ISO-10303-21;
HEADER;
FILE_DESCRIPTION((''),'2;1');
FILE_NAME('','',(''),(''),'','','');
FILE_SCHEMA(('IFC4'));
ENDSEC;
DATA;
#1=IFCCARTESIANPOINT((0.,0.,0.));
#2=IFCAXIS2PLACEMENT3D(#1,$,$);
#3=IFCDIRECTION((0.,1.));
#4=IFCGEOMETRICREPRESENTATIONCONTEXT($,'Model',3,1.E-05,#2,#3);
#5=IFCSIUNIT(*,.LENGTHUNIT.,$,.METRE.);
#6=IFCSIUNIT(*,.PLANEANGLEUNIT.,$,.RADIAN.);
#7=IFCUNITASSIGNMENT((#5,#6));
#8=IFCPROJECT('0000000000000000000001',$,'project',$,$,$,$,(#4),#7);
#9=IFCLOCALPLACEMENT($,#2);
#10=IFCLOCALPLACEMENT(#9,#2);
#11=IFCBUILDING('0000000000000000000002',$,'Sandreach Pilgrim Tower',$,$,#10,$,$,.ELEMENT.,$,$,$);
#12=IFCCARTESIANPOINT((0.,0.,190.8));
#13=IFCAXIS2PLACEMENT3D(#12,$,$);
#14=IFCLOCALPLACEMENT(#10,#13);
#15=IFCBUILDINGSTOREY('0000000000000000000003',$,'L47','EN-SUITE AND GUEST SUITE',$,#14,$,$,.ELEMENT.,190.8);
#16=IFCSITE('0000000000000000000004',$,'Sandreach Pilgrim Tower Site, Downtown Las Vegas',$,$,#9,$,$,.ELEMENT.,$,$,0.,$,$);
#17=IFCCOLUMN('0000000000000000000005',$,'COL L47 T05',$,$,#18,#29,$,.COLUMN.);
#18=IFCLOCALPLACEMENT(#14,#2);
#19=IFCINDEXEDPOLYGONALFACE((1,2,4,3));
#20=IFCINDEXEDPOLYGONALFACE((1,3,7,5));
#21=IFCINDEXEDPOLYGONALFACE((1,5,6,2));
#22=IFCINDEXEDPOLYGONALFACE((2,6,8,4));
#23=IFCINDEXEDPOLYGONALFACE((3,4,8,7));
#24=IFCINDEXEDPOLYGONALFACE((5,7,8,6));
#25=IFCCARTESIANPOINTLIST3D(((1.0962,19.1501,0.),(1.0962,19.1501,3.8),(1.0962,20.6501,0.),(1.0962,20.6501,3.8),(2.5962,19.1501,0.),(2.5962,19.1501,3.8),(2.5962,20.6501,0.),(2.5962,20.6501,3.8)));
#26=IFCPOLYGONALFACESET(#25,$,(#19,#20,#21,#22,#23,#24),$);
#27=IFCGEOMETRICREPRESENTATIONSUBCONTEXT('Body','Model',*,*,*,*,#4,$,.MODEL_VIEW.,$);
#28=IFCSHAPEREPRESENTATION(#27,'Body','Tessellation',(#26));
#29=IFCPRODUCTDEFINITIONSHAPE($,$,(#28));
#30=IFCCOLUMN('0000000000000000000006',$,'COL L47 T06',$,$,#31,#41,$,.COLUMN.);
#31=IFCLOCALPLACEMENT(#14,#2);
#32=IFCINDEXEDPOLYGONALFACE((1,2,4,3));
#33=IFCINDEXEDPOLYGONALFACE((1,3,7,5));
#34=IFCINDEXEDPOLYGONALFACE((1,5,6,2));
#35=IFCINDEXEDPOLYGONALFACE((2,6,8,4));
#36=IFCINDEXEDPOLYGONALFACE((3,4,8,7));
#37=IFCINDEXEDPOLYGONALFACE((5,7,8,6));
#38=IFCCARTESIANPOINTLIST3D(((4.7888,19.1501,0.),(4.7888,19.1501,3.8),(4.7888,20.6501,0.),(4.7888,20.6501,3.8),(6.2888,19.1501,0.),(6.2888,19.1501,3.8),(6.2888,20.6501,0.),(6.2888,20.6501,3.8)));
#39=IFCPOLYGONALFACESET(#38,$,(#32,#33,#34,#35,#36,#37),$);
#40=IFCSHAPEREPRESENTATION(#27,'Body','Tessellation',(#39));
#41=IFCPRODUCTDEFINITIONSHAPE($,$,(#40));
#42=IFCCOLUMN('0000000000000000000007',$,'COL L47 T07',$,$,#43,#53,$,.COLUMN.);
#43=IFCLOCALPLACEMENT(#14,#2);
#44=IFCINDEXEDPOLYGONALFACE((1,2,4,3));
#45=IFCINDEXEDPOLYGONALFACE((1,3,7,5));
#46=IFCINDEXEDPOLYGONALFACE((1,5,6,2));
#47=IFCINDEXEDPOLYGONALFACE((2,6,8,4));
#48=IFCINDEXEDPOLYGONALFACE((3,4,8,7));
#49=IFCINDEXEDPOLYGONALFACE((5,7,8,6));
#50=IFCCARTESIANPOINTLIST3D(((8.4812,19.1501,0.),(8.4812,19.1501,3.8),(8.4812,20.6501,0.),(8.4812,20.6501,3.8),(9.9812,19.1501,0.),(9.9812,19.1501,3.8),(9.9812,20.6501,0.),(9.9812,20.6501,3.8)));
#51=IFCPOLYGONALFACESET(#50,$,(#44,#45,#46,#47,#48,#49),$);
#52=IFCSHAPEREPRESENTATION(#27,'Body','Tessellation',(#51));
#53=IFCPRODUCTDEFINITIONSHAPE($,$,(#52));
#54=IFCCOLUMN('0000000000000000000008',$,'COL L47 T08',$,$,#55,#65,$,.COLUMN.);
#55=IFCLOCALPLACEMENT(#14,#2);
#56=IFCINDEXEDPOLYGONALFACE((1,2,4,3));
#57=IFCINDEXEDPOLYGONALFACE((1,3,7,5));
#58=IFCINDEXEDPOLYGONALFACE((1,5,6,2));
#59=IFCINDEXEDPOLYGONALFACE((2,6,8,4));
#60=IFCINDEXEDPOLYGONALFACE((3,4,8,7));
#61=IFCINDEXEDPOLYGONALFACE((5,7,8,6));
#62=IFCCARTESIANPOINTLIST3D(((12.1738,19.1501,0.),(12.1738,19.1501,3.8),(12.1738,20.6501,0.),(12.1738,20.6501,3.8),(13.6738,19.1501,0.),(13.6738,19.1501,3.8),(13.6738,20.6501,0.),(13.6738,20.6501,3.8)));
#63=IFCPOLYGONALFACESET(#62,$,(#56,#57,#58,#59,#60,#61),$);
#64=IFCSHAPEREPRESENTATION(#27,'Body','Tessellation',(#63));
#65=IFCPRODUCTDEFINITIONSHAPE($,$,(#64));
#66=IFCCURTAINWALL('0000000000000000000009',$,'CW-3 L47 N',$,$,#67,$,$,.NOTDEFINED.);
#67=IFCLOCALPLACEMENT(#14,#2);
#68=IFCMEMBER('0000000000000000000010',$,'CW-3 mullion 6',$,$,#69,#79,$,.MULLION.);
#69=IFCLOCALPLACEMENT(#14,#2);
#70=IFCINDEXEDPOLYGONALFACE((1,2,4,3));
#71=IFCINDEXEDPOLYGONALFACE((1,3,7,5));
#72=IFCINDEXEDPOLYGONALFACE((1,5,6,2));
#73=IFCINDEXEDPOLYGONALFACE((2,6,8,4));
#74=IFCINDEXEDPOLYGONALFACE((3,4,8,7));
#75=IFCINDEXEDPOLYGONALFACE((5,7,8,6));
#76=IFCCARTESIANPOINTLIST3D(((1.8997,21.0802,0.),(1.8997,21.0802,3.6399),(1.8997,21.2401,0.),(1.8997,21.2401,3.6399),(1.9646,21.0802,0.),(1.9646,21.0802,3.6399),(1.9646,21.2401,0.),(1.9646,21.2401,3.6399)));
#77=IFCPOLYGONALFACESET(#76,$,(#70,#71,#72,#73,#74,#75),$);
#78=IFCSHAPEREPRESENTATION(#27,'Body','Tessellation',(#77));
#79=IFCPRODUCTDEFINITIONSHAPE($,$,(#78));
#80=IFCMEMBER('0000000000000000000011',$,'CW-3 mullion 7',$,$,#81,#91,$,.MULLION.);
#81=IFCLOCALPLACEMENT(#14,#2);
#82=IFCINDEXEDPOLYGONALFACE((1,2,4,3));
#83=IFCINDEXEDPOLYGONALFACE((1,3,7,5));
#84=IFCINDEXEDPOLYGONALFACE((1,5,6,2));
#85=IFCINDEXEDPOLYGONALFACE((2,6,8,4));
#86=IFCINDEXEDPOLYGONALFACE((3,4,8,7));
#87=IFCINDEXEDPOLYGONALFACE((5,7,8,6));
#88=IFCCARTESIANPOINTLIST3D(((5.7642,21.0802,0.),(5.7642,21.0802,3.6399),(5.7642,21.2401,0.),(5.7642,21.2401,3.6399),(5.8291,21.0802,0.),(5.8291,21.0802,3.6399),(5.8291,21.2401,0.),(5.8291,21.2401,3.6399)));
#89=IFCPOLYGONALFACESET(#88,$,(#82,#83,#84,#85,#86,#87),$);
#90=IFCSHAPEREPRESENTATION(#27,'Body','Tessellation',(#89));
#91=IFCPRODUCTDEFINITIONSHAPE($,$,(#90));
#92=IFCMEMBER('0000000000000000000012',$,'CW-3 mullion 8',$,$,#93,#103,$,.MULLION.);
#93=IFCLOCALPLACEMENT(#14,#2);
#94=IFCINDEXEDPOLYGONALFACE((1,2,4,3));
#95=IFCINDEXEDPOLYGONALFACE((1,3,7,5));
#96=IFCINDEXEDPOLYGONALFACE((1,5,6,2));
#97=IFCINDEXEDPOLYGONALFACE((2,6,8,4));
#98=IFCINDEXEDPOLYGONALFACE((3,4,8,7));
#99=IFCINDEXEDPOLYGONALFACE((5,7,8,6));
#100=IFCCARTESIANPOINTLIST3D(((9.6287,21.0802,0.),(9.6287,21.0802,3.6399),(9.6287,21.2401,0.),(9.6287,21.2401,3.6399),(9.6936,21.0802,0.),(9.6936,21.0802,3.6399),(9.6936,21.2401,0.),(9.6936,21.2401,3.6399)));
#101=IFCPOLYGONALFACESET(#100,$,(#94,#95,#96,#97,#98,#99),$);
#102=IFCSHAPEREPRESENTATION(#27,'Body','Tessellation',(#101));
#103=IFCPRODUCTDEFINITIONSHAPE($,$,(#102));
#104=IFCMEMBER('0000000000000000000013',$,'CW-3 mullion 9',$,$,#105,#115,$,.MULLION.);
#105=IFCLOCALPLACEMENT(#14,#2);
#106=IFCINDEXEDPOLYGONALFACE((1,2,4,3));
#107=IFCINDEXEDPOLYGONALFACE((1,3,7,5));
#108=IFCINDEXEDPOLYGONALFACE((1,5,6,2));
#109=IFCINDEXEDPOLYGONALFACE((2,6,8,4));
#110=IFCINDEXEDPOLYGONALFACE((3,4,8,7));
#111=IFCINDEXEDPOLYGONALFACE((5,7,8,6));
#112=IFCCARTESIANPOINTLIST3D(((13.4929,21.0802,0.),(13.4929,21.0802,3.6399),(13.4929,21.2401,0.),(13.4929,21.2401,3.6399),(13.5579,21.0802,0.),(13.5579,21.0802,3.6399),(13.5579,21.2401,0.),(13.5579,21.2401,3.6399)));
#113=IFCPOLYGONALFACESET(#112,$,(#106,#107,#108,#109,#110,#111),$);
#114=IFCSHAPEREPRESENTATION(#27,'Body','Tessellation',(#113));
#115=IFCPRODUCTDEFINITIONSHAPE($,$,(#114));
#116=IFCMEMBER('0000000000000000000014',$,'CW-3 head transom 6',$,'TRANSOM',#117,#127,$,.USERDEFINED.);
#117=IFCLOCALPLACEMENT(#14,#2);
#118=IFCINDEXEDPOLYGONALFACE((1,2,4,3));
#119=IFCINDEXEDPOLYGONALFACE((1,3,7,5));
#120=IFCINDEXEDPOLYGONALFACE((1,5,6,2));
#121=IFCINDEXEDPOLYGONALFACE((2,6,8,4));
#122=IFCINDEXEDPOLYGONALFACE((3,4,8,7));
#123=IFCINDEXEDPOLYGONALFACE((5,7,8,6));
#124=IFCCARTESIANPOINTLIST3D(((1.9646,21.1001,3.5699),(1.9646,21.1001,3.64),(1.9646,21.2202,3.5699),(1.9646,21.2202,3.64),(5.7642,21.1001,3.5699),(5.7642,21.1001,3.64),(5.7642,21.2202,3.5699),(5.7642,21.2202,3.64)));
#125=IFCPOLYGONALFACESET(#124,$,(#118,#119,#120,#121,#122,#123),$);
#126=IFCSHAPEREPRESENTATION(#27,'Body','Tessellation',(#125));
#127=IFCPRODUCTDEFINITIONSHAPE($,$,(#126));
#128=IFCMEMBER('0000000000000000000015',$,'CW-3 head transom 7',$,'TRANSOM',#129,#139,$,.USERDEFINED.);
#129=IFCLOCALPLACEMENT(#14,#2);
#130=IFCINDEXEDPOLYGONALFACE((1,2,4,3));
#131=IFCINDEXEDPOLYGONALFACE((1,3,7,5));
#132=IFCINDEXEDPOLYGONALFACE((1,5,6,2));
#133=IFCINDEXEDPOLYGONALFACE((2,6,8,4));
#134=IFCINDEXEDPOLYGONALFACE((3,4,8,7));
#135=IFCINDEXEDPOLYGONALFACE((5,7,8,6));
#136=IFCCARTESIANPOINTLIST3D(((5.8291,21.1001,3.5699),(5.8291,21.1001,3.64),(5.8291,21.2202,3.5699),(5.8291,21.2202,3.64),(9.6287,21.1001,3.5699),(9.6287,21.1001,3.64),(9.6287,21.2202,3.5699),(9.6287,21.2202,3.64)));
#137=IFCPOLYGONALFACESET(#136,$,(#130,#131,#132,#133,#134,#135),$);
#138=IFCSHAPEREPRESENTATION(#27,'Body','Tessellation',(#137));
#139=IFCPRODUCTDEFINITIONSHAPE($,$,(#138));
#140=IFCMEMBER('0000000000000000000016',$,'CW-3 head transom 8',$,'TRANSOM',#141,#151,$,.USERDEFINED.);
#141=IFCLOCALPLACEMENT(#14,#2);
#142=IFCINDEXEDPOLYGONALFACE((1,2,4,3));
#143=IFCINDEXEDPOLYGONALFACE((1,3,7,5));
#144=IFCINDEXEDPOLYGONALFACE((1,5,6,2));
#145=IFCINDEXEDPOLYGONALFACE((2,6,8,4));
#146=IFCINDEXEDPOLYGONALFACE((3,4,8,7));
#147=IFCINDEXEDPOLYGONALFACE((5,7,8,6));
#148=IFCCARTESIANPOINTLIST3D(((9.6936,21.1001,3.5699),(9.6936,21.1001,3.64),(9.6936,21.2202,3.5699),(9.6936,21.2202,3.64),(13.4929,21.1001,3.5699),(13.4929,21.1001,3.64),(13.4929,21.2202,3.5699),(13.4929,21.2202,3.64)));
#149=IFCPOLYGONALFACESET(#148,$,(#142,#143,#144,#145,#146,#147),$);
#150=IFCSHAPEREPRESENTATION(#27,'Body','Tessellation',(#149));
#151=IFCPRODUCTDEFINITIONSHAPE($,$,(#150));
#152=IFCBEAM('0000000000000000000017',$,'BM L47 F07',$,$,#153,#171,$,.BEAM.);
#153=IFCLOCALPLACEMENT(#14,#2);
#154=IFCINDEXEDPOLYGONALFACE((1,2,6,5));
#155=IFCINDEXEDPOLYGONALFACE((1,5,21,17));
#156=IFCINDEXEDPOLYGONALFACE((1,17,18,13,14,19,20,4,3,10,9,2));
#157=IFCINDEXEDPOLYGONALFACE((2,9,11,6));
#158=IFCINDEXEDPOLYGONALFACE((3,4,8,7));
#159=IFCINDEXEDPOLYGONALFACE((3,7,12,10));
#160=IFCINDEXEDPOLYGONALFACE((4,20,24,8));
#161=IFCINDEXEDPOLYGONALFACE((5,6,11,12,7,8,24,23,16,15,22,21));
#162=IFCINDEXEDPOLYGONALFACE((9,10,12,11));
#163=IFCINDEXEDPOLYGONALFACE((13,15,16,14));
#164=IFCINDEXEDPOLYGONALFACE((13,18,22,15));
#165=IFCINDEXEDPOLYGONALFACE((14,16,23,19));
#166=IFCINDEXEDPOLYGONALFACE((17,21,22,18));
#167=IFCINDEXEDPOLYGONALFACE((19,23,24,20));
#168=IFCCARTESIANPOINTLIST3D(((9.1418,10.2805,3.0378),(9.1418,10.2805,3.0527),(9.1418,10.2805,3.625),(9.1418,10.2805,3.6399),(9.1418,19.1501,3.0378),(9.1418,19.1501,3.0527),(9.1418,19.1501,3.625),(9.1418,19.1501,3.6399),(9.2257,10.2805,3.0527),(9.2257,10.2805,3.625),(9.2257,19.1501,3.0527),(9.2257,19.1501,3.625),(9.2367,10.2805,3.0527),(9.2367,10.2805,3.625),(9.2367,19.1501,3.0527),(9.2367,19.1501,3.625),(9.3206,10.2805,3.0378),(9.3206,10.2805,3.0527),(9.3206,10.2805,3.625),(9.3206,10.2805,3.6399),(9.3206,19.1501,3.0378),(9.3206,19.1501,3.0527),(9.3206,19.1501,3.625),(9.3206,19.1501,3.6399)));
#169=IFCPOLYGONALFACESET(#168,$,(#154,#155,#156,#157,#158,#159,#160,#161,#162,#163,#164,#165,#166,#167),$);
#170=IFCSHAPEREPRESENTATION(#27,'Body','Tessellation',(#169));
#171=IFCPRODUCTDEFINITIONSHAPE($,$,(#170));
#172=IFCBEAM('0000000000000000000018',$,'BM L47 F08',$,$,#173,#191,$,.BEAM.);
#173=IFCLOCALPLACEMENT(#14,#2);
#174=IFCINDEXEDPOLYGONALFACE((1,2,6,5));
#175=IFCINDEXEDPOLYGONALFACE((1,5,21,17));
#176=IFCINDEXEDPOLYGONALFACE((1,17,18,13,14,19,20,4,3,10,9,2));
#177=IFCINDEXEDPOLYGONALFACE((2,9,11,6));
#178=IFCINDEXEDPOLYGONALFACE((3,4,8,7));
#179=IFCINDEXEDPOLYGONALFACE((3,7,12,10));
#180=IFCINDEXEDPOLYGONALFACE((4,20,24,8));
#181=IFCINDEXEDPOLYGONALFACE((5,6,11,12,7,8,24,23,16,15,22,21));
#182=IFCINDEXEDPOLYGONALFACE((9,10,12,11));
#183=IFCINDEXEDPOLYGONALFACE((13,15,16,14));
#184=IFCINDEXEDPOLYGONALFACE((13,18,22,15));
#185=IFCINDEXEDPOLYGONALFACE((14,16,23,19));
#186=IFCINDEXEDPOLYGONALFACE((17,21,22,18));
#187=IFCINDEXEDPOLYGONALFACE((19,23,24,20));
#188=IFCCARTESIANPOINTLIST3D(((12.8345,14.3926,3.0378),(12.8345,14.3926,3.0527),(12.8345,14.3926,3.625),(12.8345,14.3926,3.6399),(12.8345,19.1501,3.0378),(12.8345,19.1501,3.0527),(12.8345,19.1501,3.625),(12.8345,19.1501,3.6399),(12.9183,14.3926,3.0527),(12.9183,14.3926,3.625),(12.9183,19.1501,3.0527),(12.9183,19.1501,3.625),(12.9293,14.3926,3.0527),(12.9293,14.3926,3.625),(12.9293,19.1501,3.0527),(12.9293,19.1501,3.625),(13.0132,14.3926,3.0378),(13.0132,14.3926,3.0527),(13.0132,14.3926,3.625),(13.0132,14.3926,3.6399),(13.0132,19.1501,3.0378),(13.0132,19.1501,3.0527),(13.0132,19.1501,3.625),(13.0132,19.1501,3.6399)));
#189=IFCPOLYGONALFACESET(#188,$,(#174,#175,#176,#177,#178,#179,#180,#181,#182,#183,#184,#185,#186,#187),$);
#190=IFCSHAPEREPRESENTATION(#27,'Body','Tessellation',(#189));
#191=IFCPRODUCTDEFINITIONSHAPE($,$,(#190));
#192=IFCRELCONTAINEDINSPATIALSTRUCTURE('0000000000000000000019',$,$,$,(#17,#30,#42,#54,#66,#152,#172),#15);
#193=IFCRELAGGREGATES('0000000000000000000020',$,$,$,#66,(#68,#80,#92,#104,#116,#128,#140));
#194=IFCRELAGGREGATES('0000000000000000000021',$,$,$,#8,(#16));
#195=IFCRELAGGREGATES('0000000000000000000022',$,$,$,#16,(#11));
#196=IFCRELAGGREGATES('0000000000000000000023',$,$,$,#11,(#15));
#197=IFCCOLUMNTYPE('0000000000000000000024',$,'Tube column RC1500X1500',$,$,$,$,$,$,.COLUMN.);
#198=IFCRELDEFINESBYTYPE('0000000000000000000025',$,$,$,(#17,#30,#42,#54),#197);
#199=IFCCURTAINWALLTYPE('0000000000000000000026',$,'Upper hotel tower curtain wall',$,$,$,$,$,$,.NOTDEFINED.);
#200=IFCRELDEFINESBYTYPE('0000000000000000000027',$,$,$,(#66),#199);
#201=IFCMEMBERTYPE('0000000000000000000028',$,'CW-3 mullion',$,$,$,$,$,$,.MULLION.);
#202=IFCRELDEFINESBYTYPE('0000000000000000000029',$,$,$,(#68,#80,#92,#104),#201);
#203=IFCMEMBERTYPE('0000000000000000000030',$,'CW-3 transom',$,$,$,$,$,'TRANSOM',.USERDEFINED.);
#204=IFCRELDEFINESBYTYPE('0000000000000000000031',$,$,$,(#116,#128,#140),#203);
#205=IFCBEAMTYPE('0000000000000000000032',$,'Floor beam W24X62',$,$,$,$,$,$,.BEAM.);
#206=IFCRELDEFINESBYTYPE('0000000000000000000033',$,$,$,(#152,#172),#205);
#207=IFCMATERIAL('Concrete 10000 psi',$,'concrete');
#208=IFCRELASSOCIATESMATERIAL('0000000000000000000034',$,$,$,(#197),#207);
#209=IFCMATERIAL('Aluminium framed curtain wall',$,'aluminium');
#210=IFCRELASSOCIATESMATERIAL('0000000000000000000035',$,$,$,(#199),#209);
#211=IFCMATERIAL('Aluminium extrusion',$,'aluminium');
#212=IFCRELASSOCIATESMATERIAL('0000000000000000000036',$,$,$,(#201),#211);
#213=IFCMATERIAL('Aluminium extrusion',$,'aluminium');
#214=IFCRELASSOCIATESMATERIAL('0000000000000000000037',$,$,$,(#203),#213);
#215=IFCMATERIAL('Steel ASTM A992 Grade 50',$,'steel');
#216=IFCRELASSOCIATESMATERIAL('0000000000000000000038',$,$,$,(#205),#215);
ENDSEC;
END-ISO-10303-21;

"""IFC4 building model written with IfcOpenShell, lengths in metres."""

from ifc_helpers import new_model, si_unit, direction, frame, origin, origin_2d, place, context, subcontext, project, spatial, rectangle, i_section, extrude, material, material_profile, profile_set, type_object, element, aggregate, save


model = new_model("IFC4")

# Units and contexts
model_context = context("Model", 3, precision=1e-05, world=origin(), true_north=direction((0.0, 1.0)))
body_context = subcontext(model_context, "Body", "Model", "MODEL_VIEW")
ifc_project = project(units=[si_unit("LENGTHUNIT", "METRE"), si_unit("PLANEANGLEUNIT", "RADIAN")], contexts=[model_context])

# Site, building, storey
site_placement = place(None, origin())
site = spatial("IfcSite", under=ifc_project, at=site_placement, Name="Sandreach Pilgrim Tower Site, Downtown Las Vegas", CompositionType="ELEMENT", RefElevation=0.0)
building_placement = place(site_placement, origin())
building = spatial("IfcBuilding", under=site, at=building_placement, Name="Sandreach Pilgrim Tower", CompositionType="ELEMENT")
storey_placement = place(building_placement, frame((0.0, 0.0, 190.8)))
storey = spatial("IfcBuildingStorey", under=building, at=storey_placement, Name="L47", Description="EN-SUITE AND GUEST SUITE", CompositionType="ELEMENT", Elevation=190.8)

# Columns
ifc_material_1 = material(Name="Concrete 10000 psi", Category="concrete")
ifc_material_profile_1 = material_profile(ifc_material_1, rectangle(XDim=1.5, YDim=1.5, at=origin_2d()), Name="RC1500X1500")
ifc_profile_set_1 = profile_set([ifc_material_profile_1], Name="Concrete 10000 psi")
column_type = type_object("IfcColumnType", Name="Tube column RC1500X1500", PredefinedType="COLUMN", material=ifc_profile_set_1)
for number, where, z_axis, x_axis, name in (
    (1, (1.8462, 19.9001, 0.0), (0.0, 0.0, 1.0), (0.0, 1.0, 0.0), "COL L47 T05"),
    (2, (5.5388, 19.9001, 0.0), (0.0, 0.0, 1.0), (0.0, 1.0, 0.0), "COL L47 T06"),
    (3, (9.2312, 19.9001, 0.0), (0.0, 0.0, 1.0), (0.0, 1.0, 0.0), "COL L47 T07"),
    (4, (12.9238, 19.9001, 0.0), (0.0, 0.0, 1.0), (0.0, 1.0, 0.0), "COL L47 T08"),
):
    element("IfcColumn", number, at=place(storey_placement, frame(where, z_axis=z_axis, x_axis=x_axis)), inside=storey, type_object=column_type, Name=name, PredefinedType="COLUMN", context=body_context, shape_type="SweptSolid", body=[
        extrude(rectangle(XDim=1.5, YDim=1.5, at=origin_2d()), origin(), (0.0, 0.0, 1.0), 3.8),
    ])

# Curtain wall, members
ifc_material_2 = material(Name="Aluminium framed curtain wall", Category="aluminium")
curtain_wall_type = type_object("IfcCurtainWallType", Name="Upper hotel tower curtain wall", PredefinedType="NOTDEFINED", material=ifc_material_2)
curtain_wall_placement = place(storey_placement, origin())
curtain_wall = element("IfcCurtainWall", 5, at=curtain_wall_placement, inside=storey, type_object=curtain_wall_type, Name="CW-3 L47 N", PredefinedType="NOTDEFINED")
ifc_material_3 = material(Name="Aluminium extrusion", Category="aluminium")
ifc_material_profile_2 = material_profile(ifc_material_3, rectangle(XDim=0.0649, YDim=0.1599, at=origin_2d()), Name="CW-3M 65X160")
ifc_profile_set_2 = profile_set([ifc_material_profile_2], Name="Aluminium extrusion")
member_type_1 = type_object("IfcMemberType", Name="CW-3 mullion", PredefinedType="MULLION", material=ifc_profile_set_2)
member_1_placement = place(storey_placement, frame((1.9321, 21.1602, 0.0), z_axis=(0.0, 0.0, 1.0), x_axis=(1.0, 0.0, 0.0)))
member_1 = element("IfcMember", 6, at=member_1_placement, type_object=member_type_1, Name="CW-3 mullion 6", PredefinedType="MULLION", context=body_context, shape_type="SweptSolid", body=[
    extrude(rectangle(XDim=0.0649, YDim=0.1599, at=origin_2d()), origin(), (0.0, 0.0, 1.0), 3.6399),
])
member_2_placement = place(storey_placement, frame((5.7966, 21.1602, 0.0), z_axis=(0.0, 0.0, 1.0), x_axis=(1.0, 0.0, 0.0)))
member_2 = element("IfcMember", 7, at=member_2_placement, type_object=member_type_1, Name="CW-3 mullion 7", PredefinedType="MULLION", context=body_context, shape_type="SweptSolid", body=[
    extrude(rectangle(XDim=0.0649, YDim=0.1599, at=origin_2d()), origin(), (0.0, 0.0, 1.0), 3.6399),
])
member_3_placement = place(storey_placement, frame((9.6611, 21.1602, 0.0), z_axis=(0.0, 0.0, 1.0), x_axis=(1.0, 0.0, 0.0)))
member_3 = element("IfcMember", 8, at=member_3_placement, type_object=member_type_1, Name="CW-3 mullion 8", PredefinedType="MULLION", context=body_context, shape_type="SweptSolid", body=[
    extrude(rectangle(XDim=0.0649, YDim=0.1599, at=origin_2d()), origin(), (0.0, 0.0, 1.0), 3.6399),
])
member_4_placement = place(storey_placement, frame((13.5254, 21.1602, 0.0), z_axis=(0.0, 0.0, 1.0), x_axis=(1.0, 0.0, 0.0)))
member_4 = element("IfcMember", 9, at=member_4_placement, type_object=member_type_1, Name="CW-3 mullion 9", PredefinedType="MULLION", context=body_context, shape_type="SweptSolid", body=[
    extrude(rectangle(XDim=0.0649, YDim=0.1599, at=origin_2d()), origin(), (0.0, 0.0, 1.0), 3.6399),
])
ifc_material_4 = material(Name="Aluminium extrusion", Category="aluminium")
ifc_material_profile_3 = material_profile(ifc_material_4, rectangle(XDim=0.1201, YDim=0.0701, at=origin_2d()), Name="CW-3T 120X70")
ifc_profile_set_3 = profile_set([ifc_material_profile_3], Name="Aluminium extrusion")
member_type_2 = type_object("IfcMemberType", Name="CW-3 transom", ElementType="TRANSOM", PredefinedType="USERDEFINED", material=ifc_profile_set_3)
member_5_placement = place(storey_placement, frame((1.9646, 21.1602, 3.605), z_axis=(1.0, 0.0, 0.0), x_axis=(0.0, 1.0, 0.0)))
member_5 = element("IfcMember", 10, at=member_5_placement, type_object=member_type_2, Name="CW-3 head transom 6", ObjectType="TRANSOM", PredefinedType="USERDEFINED", context=body_context, shape_type="SweptSolid", body=[
    extrude(rectangle(XDim=0.1201, YDim=0.0701, at=origin_2d()), origin(), (0.0, 0.0, 1.0), 3.7996),
])
member_6_placement = place(storey_placement, frame((5.8291, 21.1602, 3.605), z_axis=(1.0, 0.0, 0.0), x_axis=(0.0, 1.0, 0.0)))
member_6 = element("IfcMember", 11, at=member_6_placement, type_object=member_type_2, Name="CW-3 head transom 7", ObjectType="TRANSOM", PredefinedType="USERDEFINED", context=body_context, shape_type="SweptSolid", body=[
    extrude(rectangle(XDim=0.1201, YDim=0.0701, at=origin_2d()), origin(), (0.0, 0.0, 1.0), 3.7996),
])
member_7_placement = place(storey_placement, frame((9.6936, 21.1602, 3.605), z_axis=(1.0, 0.0, 0.0), x_axis=(0.0, 1.0, 0.0)))
member_7 = element("IfcMember", 12, at=member_7_placement, type_object=member_type_2, Name="CW-3 head transom 8", ObjectType="TRANSOM", PredefinedType="USERDEFINED", context=body_context, shape_type="SweptSolid", body=[
    extrude(rectangle(XDim=0.1201, YDim=0.0701, at=origin_2d()), origin(), (0.0, 0.0, 1.0), 3.7993),
])

# Beams
ifc_material_5 = material(Name="Steel ASTM A992 Grade 50", Category="steel")
ifc_material_profile_4 = material_profile(ifc_material_5, i_section(OverallWidth=0.1787, OverallDepth=0.6021, WebThickness=0.011, FlangeThickness=0.0149, at=origin_2d()), Name="W24X62")
ifc_profile_set_4 = profile_set([ifc_material_profile_4], Name="Steel ASTM A992 Grade 50")
beam_type_1 = type_object("IfcBeamType", Name="Floor beam W24X62", PredefinedType="BEAM", material=ifc_profile_set_4)
beam_1_placement = place(storey_placement, frame((9.2312, 19.1501, 3.3389), z_axis=(0.0, -1.0, 0.0), x_axis=(1.0, 0.0, 0.0)))
element("IfcBeam", 13, at=beam_1_placement, inside=storey, type_object=beam_type_1, Name="BM L47 F07", PredefinedType="BEAM", context=body_context, shape_type="SweptSolid", body=[
    extrude(i_section(OverallWidth=0.1787, OverallDepth=0.6021, WebThickness=0.011, FlangeThickness=0.0149, at=origin_2d()), origin(), (0.0, 0.0, 1.0), 8.8696),
])
beam_2_placement = place(storey_placement, frame((12.9238, 19.1501, 3.3389), z_axis=(0.0, -1.0, 0.0), x_axis=(1.0, 0.0, 0.0)))
element("IfcBeam", 14, at=beam_2_placement, inside=storey, type_object=beam_type_1, Name="BM L47 F08", PredefinedType="BEAM", context=body_context, shape_type="SweptSolid", body=[
    extrude(i_section(OverallWidth=0.1787, OverallDepth=0.6021, WebThickness=0.011, FlangeThickness=0.0149, at=origin_2d()), origin(), (0.0, 0.0, 1.0), 4.7576),
])

aggregate(curtain_wall, [member_1, member_2, member_3, member_4, member_5, member_6, member_7])

save(model, "model.ifc")
